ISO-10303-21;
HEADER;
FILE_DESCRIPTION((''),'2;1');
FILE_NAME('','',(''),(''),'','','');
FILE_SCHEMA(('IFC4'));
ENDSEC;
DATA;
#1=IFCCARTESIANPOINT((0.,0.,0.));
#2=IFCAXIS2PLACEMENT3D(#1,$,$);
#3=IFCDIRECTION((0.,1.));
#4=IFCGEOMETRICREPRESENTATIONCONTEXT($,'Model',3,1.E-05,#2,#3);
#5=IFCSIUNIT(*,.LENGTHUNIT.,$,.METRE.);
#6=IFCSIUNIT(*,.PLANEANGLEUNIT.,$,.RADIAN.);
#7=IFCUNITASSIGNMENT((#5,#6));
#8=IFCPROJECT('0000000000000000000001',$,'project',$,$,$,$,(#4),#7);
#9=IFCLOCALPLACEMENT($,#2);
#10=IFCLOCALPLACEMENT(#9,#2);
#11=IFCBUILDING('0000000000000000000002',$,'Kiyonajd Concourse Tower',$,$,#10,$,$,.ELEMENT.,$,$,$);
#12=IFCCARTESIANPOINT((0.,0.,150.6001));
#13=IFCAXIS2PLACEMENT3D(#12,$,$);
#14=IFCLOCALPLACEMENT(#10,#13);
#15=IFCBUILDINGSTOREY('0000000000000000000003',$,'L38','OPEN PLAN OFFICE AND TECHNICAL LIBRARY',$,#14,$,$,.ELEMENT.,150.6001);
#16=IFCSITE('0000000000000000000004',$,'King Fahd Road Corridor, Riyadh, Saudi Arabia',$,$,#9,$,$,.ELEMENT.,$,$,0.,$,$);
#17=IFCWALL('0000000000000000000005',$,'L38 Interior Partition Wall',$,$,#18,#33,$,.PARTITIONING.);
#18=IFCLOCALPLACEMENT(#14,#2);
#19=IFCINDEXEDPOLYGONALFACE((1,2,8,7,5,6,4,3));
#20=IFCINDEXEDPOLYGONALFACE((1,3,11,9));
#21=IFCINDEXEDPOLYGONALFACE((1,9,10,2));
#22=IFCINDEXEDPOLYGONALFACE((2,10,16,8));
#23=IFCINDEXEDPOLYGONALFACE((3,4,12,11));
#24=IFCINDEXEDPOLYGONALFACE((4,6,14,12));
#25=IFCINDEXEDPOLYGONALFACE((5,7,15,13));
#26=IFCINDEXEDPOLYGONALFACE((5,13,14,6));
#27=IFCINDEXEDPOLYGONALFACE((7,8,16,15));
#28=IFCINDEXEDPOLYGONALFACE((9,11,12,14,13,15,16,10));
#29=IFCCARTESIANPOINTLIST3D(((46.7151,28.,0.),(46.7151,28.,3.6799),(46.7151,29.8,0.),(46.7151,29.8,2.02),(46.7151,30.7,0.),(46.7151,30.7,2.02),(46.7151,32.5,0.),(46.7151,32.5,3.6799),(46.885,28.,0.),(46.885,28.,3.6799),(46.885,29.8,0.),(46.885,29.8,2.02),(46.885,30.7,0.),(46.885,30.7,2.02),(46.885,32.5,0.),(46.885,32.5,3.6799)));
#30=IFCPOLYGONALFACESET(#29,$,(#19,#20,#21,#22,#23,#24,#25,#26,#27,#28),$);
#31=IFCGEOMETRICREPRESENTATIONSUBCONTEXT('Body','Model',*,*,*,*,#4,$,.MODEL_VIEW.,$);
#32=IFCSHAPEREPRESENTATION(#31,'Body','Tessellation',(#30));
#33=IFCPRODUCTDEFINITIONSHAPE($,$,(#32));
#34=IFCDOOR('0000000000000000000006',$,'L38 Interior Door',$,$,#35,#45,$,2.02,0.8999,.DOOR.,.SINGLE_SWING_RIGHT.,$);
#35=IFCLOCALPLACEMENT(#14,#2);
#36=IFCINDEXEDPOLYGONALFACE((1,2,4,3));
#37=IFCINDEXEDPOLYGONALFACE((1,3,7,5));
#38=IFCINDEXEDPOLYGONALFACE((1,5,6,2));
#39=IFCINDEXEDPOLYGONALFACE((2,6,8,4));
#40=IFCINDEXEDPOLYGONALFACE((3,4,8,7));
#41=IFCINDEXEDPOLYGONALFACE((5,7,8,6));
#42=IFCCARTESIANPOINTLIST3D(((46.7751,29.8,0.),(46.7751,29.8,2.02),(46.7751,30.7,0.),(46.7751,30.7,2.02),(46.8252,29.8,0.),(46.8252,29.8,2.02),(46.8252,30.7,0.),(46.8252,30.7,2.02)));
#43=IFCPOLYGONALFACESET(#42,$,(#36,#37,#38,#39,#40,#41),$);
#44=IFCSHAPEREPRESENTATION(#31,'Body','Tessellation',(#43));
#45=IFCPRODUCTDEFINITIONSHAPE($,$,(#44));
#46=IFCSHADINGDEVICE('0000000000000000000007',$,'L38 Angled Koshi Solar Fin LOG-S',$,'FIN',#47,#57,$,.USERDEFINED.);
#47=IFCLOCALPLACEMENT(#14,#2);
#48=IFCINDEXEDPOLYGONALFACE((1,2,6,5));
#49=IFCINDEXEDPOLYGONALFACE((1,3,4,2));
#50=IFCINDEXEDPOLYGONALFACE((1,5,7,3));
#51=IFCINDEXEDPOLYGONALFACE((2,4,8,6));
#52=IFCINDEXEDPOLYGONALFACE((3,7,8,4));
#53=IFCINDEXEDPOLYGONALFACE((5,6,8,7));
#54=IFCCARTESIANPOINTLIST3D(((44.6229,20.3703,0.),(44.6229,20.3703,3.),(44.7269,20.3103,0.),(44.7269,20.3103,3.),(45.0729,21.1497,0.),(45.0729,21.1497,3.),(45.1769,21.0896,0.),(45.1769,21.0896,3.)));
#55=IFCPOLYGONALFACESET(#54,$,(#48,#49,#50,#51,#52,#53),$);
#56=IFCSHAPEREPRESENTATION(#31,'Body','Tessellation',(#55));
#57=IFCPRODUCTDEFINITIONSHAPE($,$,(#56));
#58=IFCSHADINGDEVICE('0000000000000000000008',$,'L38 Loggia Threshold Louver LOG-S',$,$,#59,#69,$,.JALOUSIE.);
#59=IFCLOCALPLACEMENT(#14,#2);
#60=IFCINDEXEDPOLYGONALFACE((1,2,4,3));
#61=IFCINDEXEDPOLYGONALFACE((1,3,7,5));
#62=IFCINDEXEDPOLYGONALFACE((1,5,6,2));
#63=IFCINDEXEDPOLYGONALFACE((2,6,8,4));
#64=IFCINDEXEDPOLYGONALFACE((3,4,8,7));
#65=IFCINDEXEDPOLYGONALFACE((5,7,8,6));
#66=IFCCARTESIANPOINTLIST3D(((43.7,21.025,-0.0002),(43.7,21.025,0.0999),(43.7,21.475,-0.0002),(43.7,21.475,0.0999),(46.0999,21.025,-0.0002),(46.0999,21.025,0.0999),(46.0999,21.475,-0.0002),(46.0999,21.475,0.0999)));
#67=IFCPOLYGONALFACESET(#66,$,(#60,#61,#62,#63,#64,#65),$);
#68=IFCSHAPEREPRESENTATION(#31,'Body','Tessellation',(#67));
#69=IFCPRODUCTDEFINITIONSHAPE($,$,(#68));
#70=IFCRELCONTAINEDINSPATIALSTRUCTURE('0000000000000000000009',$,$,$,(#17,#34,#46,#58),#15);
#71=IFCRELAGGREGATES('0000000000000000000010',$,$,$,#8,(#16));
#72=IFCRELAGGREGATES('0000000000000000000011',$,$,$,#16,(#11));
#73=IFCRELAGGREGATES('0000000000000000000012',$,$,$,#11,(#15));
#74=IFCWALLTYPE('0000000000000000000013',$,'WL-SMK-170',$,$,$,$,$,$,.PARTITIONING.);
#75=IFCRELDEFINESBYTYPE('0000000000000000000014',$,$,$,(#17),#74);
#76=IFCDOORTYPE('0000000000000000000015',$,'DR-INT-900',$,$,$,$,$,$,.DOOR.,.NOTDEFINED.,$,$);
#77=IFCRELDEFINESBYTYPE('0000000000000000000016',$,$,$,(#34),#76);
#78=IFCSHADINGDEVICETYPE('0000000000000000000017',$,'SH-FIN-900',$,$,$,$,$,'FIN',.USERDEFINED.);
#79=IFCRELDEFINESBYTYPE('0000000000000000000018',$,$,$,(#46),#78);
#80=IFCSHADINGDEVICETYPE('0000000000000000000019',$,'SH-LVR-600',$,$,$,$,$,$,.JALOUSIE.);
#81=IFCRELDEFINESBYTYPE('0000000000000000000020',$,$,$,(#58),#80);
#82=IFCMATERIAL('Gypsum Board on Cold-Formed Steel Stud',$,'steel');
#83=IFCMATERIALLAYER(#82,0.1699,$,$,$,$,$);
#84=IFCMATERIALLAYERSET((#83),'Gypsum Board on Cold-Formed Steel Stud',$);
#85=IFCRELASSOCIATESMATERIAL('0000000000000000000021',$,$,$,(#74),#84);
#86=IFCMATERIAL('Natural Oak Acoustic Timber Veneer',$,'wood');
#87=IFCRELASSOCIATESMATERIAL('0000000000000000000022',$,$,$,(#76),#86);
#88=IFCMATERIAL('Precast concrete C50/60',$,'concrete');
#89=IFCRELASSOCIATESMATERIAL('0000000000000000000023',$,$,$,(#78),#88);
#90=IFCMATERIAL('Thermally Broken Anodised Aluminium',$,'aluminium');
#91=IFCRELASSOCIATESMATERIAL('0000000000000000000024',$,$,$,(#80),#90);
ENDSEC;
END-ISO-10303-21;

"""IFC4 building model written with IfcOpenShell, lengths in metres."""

from ifc_helpers import new_model, si_unit, direction, frame, frame_2d, origin, origin_2d, place, context, subcontext, project, spatial, rectangle, extrude, material, layer, layer_set, type_object, element, fill, save


model = new_model("IFC4")

# Units and contexts
model_context = context("Model", 3, precision=1e-05, world=origin(), true_north=direction((0.0, 1.0)))
body_context = subcontext(model_context, "Body", "Model", "MODEL_VIEW")
ifc_project = project(units=[si_unit("LENGTHUNIT", "METRE"), si_unit("PLANEANGLEUNIT", "RADIAN")], contexts=[model_context])

# Site, building, storey
site_placement = place(None, origin())
site = spatial("IfcSite", under=ifc_project, at=site_placement, Name="King Fahd Road Corridor, Riyadh, Saudi Arabia", CompositionType="ELEMENT", RefElevation=0.0)
building_placement = place(site_placement, origin())
building = spatial("IfcBuilding", under=site, at=building_placement, Name="Kiyonajd Concourse Tower", CompositionType="ELEMENT")
storey_placement = place(building_placement, frame((0.0, 0.0, 150.6001)))
storey = spatial("IfcBuildingStorey", under=building, at=storey_placement, Name="L38", Description="OPEN PLAN OFFICE AND TECHNICAL LIBRARY", CompositionType="ELEMENT", Elevation=150.6001)

# Shared definitions
ifc_material_1 = material(Name="Thermally Broken Anodised Aluminium", Category="aluminium")

# Shared definitions
ifc_material_2 = material(Name="Precast concrete C50/60", Category="concrete")

# Shared definitions
ifc_material_3 = material(Name="Gypsum Board on Cold-Formed Steel Stud", Category="steel")

# Wall, opening, door
ifc_layer_1 = layer(ifc_material_3, 0.1699)
ifc_layer_set_1 = layer_set([ifc_layer_1], Name="Gypsum Board on Cold-Formed Steel Stud")
wall_type_1 = type_object("IfcWallType", Name="WL-SMK-170", PredefinedType="PARTITIONING", material=ifc_layer_set_1)
wall_1_placement = place(storey_placement, frame((46.8, 28.0, 0.0), z_axis=(0.0, 0.0, 1.0), x_axis=(0.0, 1.0, 0.0)))
wall_1 = element("IfcWall", 1, at=wall_1_placement, inside=storey, type_object=wall_type_1, Name="L38 Interior Partition Wall", PredefinedType="PARTITIONING", context=body_context, shape_type="SweptSolid", body=[
    extrude(rectangle(XDim=4.5, YDim=0.1699, at=frame_2d((2.25, 0.0))), origin(), (0.0, 0.0, 1.0), 3.6799),
])
opening_1_placement = place(wall_1_placement, frame((1.8, 0.0, 0.0)))
opening_1 = element("IfcOpeningElement", 2, at=opening_1_placement, cuts=wall_1, PredefinedType="OPENING", context=body_context, shape_type="SweptSolid", body=[
    extrude(rectangle(XDim=0.8999, YDim=2.02, at=frame_2d((0.45, 1.01))), frame((0.0, 0.095, 0.0), z_axis=(0.0, -1.0, 0.0), x_axis=(1.0, 0.0, 0.0)), (0.0, 0.0, 1.0), 0.1899),
])
ifc_material_4 = material(Name="Natural Oak Acoustic Timber Veneer", Category="wood")
door_type_1 = type_object("IfcDoorType", Name="DR-INT-900", OperationType="NOTDEFINED", PredefinedType="DOOR", material=ifc_material_4)
door_1_placement = place(opening_1_placement, origin())
door_1 = element("IfcDoor", 3, at=door_1_placement, inside=storey, type_object=door_type_1, Name="L38 Interior Door", OperationType="SINGLE_SWING_RIGHT", OverallHeight=2.02, OverallWidth=0.8999, PredefinedType="DOOR", context=body_context, shape_type="SweptSolid", body=[
    extrude(rectangle(XDim=0.8999, YDim=2.02, at=frame_2d((0.45, 1.01))), frame((0.0, 0.0249, 0.0), z_axis=(0.0, -1.0, 0.0), x_axis=(1.0, 0.0, 0.0)), (0.0, 0.0, 1.0), 0.05),
])
fill(opening_1, door_1)

# Shading devices
shading_device_type_1 = type_object("IfcShadingDeviceType", Name="SH-FIN-900", ElementType="FIN", PredefinedType="USERDEFINED", material=ifc_material_2)
shading_device_1_placement = place(storey_placement, frame((44.8999, 20.73, 0.0), z_axis=(0.0, 0.0, 1.0), x_axis=(0.5, 0.866025, 0.0)))
element("IfcShadingDevice", 4, at=shading_device_1_placement, inside=storey, type_object=shading_device_type_1, Name="L38 Angled Koshi Solar Fin LOG-S", ObjectType="FIN", PredefinedType="USERDEFINED", context=body_context, shape_type="SweptSolid", body=[
    extrude(rectangle(XDim=0.8999, YDim=0.1201, at=origin_2d()), origin(), (0.0, 0.0, 1.0), 3.0),
])
shading_device_type_2 = type_object("IfcShadingDeviceType", Name="SH-LVR-600", PredefinedType="JALOUSIE", material=ifc_material_1)
shading_device_2_placement = place(storey_placement, frame((44.8999, 21.25, -0.0002), z_axis=(0.0, 0.0, 1.0), x_axis=(1.0, 0.0, 0.0)))
element("IfcShadingDevice", 5, at=shading_device_2_placement, inside=storey, type_object=shading_device_type_2, Name="L38 Loggia Threshold Louver LOG-S", PredefinedType="JALOUSIE", context=body_context, shape_type="SweptSolid", body=[
    extrude(rectangle(XDim=2.3999, YDim=0.45, at=origin_2d()), origin(), (0.0, 0.0, 1.0), 0.1001),
])

save(model, "model.ifc")
